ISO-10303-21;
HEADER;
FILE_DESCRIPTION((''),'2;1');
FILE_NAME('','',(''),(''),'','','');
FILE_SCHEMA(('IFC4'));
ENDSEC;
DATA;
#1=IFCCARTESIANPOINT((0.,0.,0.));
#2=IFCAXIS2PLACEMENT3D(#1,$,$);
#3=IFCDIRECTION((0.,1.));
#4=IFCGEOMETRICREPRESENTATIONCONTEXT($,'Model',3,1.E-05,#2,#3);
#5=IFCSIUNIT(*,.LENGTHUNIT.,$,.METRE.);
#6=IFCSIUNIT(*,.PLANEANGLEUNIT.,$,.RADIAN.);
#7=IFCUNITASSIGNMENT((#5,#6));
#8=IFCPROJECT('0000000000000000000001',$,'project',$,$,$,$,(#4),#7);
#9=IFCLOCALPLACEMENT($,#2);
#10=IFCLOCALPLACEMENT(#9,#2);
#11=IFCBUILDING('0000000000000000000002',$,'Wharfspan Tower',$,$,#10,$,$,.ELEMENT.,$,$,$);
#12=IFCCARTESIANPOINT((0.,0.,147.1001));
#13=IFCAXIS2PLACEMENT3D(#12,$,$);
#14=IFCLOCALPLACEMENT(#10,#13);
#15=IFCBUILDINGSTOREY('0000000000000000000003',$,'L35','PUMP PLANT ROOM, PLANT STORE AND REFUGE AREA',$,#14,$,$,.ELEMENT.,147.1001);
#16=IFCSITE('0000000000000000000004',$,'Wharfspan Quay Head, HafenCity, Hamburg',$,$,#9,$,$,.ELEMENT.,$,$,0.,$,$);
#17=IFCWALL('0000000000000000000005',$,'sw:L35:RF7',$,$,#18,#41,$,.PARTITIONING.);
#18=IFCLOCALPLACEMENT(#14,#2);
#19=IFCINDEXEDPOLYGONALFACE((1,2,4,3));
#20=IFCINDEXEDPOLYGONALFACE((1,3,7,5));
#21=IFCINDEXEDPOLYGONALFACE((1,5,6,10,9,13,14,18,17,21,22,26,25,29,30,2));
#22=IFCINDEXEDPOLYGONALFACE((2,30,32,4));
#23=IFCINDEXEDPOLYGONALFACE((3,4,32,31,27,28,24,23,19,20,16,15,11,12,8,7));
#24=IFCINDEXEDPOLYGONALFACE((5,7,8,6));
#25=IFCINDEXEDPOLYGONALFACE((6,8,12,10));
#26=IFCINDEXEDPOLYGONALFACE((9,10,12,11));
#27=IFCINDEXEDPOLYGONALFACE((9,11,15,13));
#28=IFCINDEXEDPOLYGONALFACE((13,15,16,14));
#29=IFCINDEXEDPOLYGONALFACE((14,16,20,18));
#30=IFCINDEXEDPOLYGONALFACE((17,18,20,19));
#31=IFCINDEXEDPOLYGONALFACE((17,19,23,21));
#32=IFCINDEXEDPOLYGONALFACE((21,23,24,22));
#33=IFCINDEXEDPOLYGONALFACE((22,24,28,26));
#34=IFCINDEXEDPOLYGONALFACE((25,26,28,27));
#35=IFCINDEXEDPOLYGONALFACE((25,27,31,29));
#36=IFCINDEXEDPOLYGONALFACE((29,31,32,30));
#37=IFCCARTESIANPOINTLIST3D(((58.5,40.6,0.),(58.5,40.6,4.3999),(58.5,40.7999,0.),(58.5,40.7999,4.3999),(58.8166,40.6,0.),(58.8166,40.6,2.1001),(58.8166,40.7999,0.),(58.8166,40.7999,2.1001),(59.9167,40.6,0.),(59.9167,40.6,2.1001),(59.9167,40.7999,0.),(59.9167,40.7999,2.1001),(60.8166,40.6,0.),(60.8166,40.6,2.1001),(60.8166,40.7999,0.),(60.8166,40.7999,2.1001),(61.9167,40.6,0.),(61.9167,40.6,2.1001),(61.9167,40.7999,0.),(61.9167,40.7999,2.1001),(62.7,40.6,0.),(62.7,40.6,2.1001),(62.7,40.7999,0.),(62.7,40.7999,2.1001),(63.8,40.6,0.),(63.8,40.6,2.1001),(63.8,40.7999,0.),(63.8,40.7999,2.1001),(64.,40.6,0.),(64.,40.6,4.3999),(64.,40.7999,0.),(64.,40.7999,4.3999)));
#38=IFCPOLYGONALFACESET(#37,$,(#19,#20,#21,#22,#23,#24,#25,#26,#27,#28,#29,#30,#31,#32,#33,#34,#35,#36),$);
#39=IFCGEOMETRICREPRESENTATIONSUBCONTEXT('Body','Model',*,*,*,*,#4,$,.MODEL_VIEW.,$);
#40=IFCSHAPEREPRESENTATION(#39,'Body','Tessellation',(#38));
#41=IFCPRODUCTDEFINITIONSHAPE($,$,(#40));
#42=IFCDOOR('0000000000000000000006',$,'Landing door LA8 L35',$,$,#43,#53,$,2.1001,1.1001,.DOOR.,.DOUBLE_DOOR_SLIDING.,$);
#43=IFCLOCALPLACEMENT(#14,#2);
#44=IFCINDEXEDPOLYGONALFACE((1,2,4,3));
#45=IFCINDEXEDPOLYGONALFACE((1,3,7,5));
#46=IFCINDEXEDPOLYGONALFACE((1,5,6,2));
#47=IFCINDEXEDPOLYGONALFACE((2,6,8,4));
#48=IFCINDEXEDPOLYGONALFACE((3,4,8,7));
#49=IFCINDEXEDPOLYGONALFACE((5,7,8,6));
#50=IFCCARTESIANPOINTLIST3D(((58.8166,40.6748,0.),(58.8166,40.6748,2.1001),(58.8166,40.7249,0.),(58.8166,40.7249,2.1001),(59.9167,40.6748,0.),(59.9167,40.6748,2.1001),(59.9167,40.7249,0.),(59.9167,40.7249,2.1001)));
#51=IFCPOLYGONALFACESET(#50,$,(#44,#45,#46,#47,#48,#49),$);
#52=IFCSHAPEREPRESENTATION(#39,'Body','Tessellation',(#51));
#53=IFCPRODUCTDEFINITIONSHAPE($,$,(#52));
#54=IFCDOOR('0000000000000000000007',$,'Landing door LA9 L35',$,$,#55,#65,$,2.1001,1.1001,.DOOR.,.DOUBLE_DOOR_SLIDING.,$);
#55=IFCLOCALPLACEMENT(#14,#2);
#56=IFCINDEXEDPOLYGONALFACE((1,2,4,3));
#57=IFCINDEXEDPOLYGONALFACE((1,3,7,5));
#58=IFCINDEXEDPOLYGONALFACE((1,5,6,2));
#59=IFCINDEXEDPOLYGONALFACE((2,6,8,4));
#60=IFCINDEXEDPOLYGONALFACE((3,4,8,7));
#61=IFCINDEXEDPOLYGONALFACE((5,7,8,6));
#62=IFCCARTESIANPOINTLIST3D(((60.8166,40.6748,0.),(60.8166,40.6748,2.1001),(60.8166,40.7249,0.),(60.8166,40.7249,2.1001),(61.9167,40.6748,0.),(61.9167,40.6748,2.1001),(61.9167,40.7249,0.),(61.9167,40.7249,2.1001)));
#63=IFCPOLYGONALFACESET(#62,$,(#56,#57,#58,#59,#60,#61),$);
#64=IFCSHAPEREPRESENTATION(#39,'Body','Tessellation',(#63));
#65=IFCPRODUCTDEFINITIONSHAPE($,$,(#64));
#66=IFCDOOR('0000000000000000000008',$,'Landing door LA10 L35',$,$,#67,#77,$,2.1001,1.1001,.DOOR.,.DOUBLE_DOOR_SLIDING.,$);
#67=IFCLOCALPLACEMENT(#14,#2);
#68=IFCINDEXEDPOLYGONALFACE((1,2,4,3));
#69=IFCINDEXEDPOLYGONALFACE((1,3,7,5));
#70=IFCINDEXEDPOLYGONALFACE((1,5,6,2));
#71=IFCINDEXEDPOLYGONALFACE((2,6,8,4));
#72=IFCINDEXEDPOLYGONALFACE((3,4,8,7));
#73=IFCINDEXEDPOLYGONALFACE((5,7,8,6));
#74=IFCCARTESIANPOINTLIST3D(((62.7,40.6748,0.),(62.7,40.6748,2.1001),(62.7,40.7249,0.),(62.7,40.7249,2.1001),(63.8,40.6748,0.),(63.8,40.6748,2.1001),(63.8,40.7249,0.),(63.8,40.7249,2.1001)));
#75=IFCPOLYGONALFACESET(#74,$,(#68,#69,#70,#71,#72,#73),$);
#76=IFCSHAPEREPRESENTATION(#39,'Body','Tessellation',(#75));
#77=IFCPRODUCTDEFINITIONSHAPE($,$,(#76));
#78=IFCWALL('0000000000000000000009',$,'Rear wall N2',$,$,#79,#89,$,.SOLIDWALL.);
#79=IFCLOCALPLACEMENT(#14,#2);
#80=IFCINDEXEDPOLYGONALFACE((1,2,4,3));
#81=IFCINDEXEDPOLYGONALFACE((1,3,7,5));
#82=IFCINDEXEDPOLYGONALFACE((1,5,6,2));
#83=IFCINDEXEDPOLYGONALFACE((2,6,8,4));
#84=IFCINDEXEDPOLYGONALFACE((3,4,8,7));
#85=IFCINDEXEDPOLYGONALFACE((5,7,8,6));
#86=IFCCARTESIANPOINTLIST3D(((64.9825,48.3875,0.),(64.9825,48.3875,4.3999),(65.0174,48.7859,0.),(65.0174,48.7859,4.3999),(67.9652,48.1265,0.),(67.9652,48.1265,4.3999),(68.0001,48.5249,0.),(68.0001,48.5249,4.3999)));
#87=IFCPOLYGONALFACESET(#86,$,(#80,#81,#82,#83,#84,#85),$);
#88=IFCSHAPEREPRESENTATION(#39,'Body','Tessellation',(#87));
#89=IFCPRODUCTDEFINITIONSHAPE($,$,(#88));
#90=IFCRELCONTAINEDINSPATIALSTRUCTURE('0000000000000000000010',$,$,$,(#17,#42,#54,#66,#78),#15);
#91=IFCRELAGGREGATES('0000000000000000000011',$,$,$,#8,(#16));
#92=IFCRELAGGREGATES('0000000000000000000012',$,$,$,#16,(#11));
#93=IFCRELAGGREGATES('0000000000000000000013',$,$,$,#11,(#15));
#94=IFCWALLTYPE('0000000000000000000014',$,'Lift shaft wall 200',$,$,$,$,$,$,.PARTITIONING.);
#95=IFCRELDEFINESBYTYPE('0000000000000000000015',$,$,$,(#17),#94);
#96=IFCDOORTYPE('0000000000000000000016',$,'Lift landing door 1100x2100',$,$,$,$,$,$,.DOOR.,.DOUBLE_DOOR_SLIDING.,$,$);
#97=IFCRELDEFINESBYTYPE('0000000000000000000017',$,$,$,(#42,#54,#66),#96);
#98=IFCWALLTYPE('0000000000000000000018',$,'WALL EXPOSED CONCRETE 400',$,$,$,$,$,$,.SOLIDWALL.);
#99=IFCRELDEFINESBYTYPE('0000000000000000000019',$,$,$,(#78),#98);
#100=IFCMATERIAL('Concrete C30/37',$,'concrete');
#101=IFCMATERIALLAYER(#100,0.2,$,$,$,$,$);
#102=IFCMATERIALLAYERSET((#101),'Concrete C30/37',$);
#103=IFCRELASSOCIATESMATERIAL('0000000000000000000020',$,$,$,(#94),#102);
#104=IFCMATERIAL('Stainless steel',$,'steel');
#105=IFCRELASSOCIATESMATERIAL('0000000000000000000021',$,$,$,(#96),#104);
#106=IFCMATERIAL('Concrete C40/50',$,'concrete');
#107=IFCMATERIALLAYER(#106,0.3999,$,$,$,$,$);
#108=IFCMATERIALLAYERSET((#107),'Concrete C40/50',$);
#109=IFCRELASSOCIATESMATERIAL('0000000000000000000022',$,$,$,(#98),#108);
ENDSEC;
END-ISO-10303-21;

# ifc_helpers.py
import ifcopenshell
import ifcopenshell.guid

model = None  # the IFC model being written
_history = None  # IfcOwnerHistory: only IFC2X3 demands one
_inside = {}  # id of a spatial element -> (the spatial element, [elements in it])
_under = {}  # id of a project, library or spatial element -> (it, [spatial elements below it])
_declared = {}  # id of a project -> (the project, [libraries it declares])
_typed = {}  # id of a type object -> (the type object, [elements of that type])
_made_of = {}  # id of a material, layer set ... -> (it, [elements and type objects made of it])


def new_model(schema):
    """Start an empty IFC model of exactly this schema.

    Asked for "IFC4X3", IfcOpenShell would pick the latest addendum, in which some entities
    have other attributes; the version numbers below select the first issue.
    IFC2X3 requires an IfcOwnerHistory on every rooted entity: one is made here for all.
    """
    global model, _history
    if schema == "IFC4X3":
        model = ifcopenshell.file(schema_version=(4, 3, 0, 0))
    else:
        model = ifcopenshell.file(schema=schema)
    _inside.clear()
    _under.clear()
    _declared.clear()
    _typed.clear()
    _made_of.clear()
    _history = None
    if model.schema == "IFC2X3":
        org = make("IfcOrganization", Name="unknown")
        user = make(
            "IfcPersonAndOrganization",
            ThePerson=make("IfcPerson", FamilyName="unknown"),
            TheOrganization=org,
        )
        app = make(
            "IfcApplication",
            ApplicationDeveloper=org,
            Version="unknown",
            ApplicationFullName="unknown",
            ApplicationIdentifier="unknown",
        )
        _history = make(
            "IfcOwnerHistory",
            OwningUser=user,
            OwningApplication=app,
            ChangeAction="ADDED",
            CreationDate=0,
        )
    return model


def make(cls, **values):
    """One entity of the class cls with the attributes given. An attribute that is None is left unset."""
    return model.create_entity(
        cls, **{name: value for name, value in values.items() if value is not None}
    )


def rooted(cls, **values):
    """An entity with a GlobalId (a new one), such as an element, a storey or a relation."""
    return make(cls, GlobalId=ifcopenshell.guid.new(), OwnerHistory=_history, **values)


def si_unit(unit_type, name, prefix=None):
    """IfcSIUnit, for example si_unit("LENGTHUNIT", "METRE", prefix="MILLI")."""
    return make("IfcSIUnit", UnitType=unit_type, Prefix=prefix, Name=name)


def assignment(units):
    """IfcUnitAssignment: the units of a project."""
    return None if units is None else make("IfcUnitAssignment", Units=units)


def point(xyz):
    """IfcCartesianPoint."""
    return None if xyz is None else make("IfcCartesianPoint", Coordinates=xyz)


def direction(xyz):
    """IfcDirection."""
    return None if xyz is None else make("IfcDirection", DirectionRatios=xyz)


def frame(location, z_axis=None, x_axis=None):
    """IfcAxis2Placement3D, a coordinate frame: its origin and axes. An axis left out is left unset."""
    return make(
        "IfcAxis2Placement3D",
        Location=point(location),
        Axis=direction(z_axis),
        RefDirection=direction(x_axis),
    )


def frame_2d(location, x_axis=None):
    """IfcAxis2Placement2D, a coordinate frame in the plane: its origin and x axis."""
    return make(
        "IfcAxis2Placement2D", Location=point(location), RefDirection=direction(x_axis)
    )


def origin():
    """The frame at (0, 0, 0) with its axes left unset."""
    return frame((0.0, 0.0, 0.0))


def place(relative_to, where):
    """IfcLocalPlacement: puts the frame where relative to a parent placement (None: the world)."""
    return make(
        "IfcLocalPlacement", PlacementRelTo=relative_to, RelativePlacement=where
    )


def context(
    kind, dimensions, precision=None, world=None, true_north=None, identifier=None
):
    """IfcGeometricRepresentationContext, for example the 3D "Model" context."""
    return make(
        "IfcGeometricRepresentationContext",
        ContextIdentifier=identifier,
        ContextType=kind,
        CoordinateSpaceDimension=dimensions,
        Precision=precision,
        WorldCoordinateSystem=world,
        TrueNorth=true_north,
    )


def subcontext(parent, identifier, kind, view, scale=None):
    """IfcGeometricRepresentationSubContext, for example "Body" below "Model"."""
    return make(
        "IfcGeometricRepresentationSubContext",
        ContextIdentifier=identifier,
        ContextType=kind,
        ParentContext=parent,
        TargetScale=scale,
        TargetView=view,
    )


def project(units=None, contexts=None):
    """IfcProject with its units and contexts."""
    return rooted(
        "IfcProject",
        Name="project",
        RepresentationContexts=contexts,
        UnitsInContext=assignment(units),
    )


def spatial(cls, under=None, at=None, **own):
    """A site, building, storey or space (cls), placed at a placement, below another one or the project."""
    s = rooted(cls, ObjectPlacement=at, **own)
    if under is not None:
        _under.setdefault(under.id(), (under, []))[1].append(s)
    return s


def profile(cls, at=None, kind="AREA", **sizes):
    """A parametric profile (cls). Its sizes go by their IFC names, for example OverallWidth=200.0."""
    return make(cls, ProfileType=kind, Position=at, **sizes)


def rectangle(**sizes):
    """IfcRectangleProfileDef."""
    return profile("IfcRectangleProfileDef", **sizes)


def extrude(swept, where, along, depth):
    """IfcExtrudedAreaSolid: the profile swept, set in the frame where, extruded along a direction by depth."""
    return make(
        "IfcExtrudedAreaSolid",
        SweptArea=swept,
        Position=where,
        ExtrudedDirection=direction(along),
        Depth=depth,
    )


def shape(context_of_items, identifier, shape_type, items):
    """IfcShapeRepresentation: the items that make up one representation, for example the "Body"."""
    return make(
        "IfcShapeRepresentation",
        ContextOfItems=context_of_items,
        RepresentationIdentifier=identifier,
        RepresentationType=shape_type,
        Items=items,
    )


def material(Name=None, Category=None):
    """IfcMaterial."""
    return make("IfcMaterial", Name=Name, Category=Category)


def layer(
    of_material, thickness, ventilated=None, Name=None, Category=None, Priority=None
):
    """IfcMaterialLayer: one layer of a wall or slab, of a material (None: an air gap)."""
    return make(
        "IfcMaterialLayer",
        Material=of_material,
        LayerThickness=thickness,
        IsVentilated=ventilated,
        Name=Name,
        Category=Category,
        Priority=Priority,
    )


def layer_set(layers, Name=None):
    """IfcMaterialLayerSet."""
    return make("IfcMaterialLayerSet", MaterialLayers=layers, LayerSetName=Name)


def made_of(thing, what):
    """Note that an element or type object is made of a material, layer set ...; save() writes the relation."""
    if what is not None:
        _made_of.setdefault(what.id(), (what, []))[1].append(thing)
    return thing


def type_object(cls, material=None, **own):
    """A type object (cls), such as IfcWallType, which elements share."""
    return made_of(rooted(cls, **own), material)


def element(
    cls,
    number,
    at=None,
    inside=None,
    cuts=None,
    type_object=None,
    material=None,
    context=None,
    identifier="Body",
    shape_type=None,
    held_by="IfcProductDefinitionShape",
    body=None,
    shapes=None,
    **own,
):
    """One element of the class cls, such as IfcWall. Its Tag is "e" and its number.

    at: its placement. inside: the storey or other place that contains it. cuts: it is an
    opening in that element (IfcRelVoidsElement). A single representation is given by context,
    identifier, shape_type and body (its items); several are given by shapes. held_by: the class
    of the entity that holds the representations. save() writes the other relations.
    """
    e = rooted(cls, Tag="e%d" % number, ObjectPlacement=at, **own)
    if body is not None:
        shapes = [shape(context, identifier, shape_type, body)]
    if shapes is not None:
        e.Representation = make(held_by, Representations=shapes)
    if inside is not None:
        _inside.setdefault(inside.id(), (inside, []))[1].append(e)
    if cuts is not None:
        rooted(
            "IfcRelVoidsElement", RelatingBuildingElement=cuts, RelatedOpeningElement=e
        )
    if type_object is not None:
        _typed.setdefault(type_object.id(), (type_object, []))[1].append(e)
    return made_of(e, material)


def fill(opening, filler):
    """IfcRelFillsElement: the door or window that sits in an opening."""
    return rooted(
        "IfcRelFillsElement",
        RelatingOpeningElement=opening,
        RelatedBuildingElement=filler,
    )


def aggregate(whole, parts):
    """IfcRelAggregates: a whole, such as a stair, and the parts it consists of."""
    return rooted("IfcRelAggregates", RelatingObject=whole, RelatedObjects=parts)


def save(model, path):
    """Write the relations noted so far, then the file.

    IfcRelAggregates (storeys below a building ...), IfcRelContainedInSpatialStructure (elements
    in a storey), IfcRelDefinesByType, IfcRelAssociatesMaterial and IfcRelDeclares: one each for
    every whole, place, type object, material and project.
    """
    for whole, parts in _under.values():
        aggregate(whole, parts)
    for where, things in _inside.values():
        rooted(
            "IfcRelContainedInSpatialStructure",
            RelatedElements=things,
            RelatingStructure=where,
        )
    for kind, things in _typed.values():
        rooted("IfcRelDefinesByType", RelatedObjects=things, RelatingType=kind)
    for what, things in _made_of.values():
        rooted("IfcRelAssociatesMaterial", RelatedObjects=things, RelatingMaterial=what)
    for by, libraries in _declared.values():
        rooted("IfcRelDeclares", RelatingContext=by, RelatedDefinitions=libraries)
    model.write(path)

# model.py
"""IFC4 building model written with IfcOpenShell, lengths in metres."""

from ifc_helpers import new_model, si_unit, direction, frame, frame_2d, origin, place, context, subcontext, project, spatial, rectangle, extrude, material, layer, layer_set, type_object, element, fill, save


model = new_model("IFC4")

# Units and contexts
model_context = context("Model", 3, precision=1e-05, world=origin(), true_north=direction((0.0, 1.0)))
body_context = subcontext(model_context, "Body", "Model", "MODEL_VIEW")
ifc_project = project(units=[si_unit("LENGTHUNIT", "METRE"), si_unit("PLANEANGLEUNIT", "RADIAN")], contexts=[model_context])

# Site, building, storey
site_placement = place(None, origin())
site = spatial("IfcSite", under=ifc_project, at=site_placement, Name="Wharfspan Quay Head, HafenCity, Hamburg", CompositionType="ELEMENT", RefElevation=0.0)
building_placement = place(site_placement, origin())
building = spatial("IfcBuilding", under=site, at=building_placement, Name="Wharfspan Tower", CompositionType="ELEMENT")
storey_placement = place(building_placement, frame((0.0, 0.0, 147.1001)))
storey = spatial("IfcBuildingStorey", under=building, at=storey_placement, Name="L35", Description="PUMP PLANT ROOM, PLANT STORE AND REFUGE AREA", CompositionType="ELEMENT", Elevation=147.1001)

# Wall, openings, doors
ifc_material_1 = material(Name="Concrete C30/37", Category="concrete")
ifc_layer_1 = layer(ifc_material_1, 0.2)
ifc_layer_set_1 = layer_set([ifc_layer_1], Name="Concrete C30/37")
wall_type_1 = type_object("IfcWallType", Name="Lift shaft wall 200", PredefinedType="PARTITIONING", material=ifc_layer_set_1)
wall_1_placement = place(storey_placement, frame((58.5, 40.7, 0.0), z_axis=(0.0, 0.0, 1.0), x_axis=(1.0, 0.0, 0.0)))
wall_1 = element("IfcWall", 1, at=wall_1_placement, inside=storey, type_object=wall_type_1, Name="sw:L35:RF7", PredefinedType="PARTITIONING", context=body_context, shape_type="SweptSolid", body=[
    extrude(rectangle(XDim=5.5, YDim=0.2, at=frame_2d((2.75, 0.0))), origin(), (0.0, 0.0, 1.0), 4.3999),
])
opening_1_placement = place(wall_1_placement, frame((0.3166, 0.0, 0.0)))
opening_1 = element("IfcOpeningElement", 2, at=opening_1_placement, cuts=wall_1, PredefinedType="OPENING", context=body_context, shape_type="SweptSolid", body=[
    extrude(rectangle(XDim=1.1001, YDim=2.1001, at=frame_2d((0.55, 1.05))), frame((0.0, 0.1099, 0.0), z_axis=(0.0, -1.0, 0.0), x_axis=(1.0, 0.0, 0.0)), (0.0, 0.0, 1.0), 0.22),
])
opening_2_placement = place(wall_1_placement, frame((2.3167, 0.0, 0.0)))
opening_2 = element("IfcOpeningElement", 3, at=opening_2_placement, cuts=wall_1, PredefinedType="OPENING", context=body_context, shape_type="SweptSolid", body=[
    extrude(rectangle(XDim=1.1001, YDim=2.1001, at=frame_2d((0.55, 1.05))), frame((0.0, 0.1099, 0.0), z_axis=(0.0, -1.0, 0.0), x_axis=(1.0, 0.0, 0.0)), (0.0, 0.0, 1.0), 0.22),
])
opening_3_placement = place(wall_1_placement, frame((4.2, 0.0, 0.0)))
opening_3 = element("IfcOpeningElement", 4, at=opening_3_placement, cuts=wall_1, PredefinedType="OPENING", context=body_context, shape_type="SweptSolid", body=[
    extrude(rectangle(XDim=1.1001, YDim=2.1001, at=frame_2d((0.55, 1.05))), frame((0.0, 0.1099, 0.0), z_axis=(0.0, -1.0, 0.0), x_axis=(1.0, 0.0, 0.0)), (0.0, 0.0, 1.0), 0.22),
])
ifc_material_2 = material(Name="Stainless steel", Category="steel")
door_type = type_object("IfcDoorType", Name="Lift landing door 1100x2100", OperationType="DOUBLE_DOOR_SLIDING", PredefinedType="DOOR", material=ifc_material_2)
door_1_placement = place(opening_1_placement, origin())
door_1 = element("IfcDoor", 5, at=door_1_placement, inside=storey, type_object=door_type, Name="Landing door LA8 L35", OperationType="DOUBLE_DOOR_SLIDING", OverallHeight=2.1001, OverallWidth=1.1001, PredefinedType="DOOR", context=body_context, shape_type="SweptSolid", body=[
    extrude(rectangle(XDim=1.1001, YDim=2.1001, at=frame_2d((0.55, 1.05))), frame((0.0, 0.0249, 0.0), z_axis=(0.0, -1.0, 0.0), x_axis=(1.0, 0.0, 0.0)), (0.0, 0.0, 1.0), 0.05),
])
fill(opening_1, door_1)
door_2_placement = place(opening_2_placement, origin())
door_2 = element("IfcDoor", 6, at=door_2_placement, inside=storey, type_object=door_type, Name="Landing door LA9 L35", OperationType="DOUBLE_DOOR_SLIDING", OverallHeight=2.1001, OverallWidth=1.1001, PredefinedType="DOOR", context=body_context, shape_type="SweptSolid", body=[
    extrude(rectangle(XDim=1.1001, YDim=2.1001, at=frame_2d((0.55, 1.05))), frame((0.0, 0.0249, 0.0), z_axis=(0.0, -1.0, 0.0), x_axis=(1.0, 0.0, 0.0)), (0.0, 0.0, 1.0), 0.05),
])
fill(opening_2, door_2)
door_3_placement = place(opening_3_placement, origin())
door_3 = element("IfcDoor", 7, at=door_3_placement, inside=storey, type_object=door_type, Name="Landing door LA10 L35", OperationType="DOUBLE_DOOR_SLIDING", OverallHeight=2.1001, OverallWidth=1.1001, PredefinedType="DOOR", context=body_context, shape_type="SweptSolid", body=[
    extrude(rectangle(XDim=1.1001, YDim=2.1001, at=frame_2d((0.55, 1.05))), frame((0.0, 0.0249, 0.0), z_axis=(0.0, -1.0, 0.0), x_axis=(1.0, 0.0, 0.0)), (0.0, 0.0, 1.0), 0.05),
])
fill(opening_3, door_3)

# Wall
ifc_material_3 = material(Name="Concrete C40/50", Category="concrete")
ifc_layer_2 = layer(ifc_material_3, 0.3999)
ifc_layer_set_2 = layer_set([ifc_layer_2], Name="Concrete C40/50")
wall_type_2 = type_object("IfcWallType", Name="WALL EXPOSED CONCRETE 400", PredefinedType="SOLIDWALL", material=ifc_layer_set_2)
wall_2_placement = place(storey_placement, frame((67.9827, 48.3257, 0.0), z_axis=(0.0, 0.0, 1.0), x_axis=(-0.996194, 0.087168, 0.0)))
element("IfcWall", 8, at=wall_2_placement, inside=storey, type_object=wall_type_2, Name="Rear wall N2", PredefinedType="SOLIDWALL", context=body_context, shape_type="SweptSolid", body=[
    extrude(rectangle(XDim=2.9941, YDim=0.3999, at=frame_2d((1.4971, 0.0))), origin(), (0.0, 0.0, 1.0), 4.3999),
])

save(model, "model.ifc")
